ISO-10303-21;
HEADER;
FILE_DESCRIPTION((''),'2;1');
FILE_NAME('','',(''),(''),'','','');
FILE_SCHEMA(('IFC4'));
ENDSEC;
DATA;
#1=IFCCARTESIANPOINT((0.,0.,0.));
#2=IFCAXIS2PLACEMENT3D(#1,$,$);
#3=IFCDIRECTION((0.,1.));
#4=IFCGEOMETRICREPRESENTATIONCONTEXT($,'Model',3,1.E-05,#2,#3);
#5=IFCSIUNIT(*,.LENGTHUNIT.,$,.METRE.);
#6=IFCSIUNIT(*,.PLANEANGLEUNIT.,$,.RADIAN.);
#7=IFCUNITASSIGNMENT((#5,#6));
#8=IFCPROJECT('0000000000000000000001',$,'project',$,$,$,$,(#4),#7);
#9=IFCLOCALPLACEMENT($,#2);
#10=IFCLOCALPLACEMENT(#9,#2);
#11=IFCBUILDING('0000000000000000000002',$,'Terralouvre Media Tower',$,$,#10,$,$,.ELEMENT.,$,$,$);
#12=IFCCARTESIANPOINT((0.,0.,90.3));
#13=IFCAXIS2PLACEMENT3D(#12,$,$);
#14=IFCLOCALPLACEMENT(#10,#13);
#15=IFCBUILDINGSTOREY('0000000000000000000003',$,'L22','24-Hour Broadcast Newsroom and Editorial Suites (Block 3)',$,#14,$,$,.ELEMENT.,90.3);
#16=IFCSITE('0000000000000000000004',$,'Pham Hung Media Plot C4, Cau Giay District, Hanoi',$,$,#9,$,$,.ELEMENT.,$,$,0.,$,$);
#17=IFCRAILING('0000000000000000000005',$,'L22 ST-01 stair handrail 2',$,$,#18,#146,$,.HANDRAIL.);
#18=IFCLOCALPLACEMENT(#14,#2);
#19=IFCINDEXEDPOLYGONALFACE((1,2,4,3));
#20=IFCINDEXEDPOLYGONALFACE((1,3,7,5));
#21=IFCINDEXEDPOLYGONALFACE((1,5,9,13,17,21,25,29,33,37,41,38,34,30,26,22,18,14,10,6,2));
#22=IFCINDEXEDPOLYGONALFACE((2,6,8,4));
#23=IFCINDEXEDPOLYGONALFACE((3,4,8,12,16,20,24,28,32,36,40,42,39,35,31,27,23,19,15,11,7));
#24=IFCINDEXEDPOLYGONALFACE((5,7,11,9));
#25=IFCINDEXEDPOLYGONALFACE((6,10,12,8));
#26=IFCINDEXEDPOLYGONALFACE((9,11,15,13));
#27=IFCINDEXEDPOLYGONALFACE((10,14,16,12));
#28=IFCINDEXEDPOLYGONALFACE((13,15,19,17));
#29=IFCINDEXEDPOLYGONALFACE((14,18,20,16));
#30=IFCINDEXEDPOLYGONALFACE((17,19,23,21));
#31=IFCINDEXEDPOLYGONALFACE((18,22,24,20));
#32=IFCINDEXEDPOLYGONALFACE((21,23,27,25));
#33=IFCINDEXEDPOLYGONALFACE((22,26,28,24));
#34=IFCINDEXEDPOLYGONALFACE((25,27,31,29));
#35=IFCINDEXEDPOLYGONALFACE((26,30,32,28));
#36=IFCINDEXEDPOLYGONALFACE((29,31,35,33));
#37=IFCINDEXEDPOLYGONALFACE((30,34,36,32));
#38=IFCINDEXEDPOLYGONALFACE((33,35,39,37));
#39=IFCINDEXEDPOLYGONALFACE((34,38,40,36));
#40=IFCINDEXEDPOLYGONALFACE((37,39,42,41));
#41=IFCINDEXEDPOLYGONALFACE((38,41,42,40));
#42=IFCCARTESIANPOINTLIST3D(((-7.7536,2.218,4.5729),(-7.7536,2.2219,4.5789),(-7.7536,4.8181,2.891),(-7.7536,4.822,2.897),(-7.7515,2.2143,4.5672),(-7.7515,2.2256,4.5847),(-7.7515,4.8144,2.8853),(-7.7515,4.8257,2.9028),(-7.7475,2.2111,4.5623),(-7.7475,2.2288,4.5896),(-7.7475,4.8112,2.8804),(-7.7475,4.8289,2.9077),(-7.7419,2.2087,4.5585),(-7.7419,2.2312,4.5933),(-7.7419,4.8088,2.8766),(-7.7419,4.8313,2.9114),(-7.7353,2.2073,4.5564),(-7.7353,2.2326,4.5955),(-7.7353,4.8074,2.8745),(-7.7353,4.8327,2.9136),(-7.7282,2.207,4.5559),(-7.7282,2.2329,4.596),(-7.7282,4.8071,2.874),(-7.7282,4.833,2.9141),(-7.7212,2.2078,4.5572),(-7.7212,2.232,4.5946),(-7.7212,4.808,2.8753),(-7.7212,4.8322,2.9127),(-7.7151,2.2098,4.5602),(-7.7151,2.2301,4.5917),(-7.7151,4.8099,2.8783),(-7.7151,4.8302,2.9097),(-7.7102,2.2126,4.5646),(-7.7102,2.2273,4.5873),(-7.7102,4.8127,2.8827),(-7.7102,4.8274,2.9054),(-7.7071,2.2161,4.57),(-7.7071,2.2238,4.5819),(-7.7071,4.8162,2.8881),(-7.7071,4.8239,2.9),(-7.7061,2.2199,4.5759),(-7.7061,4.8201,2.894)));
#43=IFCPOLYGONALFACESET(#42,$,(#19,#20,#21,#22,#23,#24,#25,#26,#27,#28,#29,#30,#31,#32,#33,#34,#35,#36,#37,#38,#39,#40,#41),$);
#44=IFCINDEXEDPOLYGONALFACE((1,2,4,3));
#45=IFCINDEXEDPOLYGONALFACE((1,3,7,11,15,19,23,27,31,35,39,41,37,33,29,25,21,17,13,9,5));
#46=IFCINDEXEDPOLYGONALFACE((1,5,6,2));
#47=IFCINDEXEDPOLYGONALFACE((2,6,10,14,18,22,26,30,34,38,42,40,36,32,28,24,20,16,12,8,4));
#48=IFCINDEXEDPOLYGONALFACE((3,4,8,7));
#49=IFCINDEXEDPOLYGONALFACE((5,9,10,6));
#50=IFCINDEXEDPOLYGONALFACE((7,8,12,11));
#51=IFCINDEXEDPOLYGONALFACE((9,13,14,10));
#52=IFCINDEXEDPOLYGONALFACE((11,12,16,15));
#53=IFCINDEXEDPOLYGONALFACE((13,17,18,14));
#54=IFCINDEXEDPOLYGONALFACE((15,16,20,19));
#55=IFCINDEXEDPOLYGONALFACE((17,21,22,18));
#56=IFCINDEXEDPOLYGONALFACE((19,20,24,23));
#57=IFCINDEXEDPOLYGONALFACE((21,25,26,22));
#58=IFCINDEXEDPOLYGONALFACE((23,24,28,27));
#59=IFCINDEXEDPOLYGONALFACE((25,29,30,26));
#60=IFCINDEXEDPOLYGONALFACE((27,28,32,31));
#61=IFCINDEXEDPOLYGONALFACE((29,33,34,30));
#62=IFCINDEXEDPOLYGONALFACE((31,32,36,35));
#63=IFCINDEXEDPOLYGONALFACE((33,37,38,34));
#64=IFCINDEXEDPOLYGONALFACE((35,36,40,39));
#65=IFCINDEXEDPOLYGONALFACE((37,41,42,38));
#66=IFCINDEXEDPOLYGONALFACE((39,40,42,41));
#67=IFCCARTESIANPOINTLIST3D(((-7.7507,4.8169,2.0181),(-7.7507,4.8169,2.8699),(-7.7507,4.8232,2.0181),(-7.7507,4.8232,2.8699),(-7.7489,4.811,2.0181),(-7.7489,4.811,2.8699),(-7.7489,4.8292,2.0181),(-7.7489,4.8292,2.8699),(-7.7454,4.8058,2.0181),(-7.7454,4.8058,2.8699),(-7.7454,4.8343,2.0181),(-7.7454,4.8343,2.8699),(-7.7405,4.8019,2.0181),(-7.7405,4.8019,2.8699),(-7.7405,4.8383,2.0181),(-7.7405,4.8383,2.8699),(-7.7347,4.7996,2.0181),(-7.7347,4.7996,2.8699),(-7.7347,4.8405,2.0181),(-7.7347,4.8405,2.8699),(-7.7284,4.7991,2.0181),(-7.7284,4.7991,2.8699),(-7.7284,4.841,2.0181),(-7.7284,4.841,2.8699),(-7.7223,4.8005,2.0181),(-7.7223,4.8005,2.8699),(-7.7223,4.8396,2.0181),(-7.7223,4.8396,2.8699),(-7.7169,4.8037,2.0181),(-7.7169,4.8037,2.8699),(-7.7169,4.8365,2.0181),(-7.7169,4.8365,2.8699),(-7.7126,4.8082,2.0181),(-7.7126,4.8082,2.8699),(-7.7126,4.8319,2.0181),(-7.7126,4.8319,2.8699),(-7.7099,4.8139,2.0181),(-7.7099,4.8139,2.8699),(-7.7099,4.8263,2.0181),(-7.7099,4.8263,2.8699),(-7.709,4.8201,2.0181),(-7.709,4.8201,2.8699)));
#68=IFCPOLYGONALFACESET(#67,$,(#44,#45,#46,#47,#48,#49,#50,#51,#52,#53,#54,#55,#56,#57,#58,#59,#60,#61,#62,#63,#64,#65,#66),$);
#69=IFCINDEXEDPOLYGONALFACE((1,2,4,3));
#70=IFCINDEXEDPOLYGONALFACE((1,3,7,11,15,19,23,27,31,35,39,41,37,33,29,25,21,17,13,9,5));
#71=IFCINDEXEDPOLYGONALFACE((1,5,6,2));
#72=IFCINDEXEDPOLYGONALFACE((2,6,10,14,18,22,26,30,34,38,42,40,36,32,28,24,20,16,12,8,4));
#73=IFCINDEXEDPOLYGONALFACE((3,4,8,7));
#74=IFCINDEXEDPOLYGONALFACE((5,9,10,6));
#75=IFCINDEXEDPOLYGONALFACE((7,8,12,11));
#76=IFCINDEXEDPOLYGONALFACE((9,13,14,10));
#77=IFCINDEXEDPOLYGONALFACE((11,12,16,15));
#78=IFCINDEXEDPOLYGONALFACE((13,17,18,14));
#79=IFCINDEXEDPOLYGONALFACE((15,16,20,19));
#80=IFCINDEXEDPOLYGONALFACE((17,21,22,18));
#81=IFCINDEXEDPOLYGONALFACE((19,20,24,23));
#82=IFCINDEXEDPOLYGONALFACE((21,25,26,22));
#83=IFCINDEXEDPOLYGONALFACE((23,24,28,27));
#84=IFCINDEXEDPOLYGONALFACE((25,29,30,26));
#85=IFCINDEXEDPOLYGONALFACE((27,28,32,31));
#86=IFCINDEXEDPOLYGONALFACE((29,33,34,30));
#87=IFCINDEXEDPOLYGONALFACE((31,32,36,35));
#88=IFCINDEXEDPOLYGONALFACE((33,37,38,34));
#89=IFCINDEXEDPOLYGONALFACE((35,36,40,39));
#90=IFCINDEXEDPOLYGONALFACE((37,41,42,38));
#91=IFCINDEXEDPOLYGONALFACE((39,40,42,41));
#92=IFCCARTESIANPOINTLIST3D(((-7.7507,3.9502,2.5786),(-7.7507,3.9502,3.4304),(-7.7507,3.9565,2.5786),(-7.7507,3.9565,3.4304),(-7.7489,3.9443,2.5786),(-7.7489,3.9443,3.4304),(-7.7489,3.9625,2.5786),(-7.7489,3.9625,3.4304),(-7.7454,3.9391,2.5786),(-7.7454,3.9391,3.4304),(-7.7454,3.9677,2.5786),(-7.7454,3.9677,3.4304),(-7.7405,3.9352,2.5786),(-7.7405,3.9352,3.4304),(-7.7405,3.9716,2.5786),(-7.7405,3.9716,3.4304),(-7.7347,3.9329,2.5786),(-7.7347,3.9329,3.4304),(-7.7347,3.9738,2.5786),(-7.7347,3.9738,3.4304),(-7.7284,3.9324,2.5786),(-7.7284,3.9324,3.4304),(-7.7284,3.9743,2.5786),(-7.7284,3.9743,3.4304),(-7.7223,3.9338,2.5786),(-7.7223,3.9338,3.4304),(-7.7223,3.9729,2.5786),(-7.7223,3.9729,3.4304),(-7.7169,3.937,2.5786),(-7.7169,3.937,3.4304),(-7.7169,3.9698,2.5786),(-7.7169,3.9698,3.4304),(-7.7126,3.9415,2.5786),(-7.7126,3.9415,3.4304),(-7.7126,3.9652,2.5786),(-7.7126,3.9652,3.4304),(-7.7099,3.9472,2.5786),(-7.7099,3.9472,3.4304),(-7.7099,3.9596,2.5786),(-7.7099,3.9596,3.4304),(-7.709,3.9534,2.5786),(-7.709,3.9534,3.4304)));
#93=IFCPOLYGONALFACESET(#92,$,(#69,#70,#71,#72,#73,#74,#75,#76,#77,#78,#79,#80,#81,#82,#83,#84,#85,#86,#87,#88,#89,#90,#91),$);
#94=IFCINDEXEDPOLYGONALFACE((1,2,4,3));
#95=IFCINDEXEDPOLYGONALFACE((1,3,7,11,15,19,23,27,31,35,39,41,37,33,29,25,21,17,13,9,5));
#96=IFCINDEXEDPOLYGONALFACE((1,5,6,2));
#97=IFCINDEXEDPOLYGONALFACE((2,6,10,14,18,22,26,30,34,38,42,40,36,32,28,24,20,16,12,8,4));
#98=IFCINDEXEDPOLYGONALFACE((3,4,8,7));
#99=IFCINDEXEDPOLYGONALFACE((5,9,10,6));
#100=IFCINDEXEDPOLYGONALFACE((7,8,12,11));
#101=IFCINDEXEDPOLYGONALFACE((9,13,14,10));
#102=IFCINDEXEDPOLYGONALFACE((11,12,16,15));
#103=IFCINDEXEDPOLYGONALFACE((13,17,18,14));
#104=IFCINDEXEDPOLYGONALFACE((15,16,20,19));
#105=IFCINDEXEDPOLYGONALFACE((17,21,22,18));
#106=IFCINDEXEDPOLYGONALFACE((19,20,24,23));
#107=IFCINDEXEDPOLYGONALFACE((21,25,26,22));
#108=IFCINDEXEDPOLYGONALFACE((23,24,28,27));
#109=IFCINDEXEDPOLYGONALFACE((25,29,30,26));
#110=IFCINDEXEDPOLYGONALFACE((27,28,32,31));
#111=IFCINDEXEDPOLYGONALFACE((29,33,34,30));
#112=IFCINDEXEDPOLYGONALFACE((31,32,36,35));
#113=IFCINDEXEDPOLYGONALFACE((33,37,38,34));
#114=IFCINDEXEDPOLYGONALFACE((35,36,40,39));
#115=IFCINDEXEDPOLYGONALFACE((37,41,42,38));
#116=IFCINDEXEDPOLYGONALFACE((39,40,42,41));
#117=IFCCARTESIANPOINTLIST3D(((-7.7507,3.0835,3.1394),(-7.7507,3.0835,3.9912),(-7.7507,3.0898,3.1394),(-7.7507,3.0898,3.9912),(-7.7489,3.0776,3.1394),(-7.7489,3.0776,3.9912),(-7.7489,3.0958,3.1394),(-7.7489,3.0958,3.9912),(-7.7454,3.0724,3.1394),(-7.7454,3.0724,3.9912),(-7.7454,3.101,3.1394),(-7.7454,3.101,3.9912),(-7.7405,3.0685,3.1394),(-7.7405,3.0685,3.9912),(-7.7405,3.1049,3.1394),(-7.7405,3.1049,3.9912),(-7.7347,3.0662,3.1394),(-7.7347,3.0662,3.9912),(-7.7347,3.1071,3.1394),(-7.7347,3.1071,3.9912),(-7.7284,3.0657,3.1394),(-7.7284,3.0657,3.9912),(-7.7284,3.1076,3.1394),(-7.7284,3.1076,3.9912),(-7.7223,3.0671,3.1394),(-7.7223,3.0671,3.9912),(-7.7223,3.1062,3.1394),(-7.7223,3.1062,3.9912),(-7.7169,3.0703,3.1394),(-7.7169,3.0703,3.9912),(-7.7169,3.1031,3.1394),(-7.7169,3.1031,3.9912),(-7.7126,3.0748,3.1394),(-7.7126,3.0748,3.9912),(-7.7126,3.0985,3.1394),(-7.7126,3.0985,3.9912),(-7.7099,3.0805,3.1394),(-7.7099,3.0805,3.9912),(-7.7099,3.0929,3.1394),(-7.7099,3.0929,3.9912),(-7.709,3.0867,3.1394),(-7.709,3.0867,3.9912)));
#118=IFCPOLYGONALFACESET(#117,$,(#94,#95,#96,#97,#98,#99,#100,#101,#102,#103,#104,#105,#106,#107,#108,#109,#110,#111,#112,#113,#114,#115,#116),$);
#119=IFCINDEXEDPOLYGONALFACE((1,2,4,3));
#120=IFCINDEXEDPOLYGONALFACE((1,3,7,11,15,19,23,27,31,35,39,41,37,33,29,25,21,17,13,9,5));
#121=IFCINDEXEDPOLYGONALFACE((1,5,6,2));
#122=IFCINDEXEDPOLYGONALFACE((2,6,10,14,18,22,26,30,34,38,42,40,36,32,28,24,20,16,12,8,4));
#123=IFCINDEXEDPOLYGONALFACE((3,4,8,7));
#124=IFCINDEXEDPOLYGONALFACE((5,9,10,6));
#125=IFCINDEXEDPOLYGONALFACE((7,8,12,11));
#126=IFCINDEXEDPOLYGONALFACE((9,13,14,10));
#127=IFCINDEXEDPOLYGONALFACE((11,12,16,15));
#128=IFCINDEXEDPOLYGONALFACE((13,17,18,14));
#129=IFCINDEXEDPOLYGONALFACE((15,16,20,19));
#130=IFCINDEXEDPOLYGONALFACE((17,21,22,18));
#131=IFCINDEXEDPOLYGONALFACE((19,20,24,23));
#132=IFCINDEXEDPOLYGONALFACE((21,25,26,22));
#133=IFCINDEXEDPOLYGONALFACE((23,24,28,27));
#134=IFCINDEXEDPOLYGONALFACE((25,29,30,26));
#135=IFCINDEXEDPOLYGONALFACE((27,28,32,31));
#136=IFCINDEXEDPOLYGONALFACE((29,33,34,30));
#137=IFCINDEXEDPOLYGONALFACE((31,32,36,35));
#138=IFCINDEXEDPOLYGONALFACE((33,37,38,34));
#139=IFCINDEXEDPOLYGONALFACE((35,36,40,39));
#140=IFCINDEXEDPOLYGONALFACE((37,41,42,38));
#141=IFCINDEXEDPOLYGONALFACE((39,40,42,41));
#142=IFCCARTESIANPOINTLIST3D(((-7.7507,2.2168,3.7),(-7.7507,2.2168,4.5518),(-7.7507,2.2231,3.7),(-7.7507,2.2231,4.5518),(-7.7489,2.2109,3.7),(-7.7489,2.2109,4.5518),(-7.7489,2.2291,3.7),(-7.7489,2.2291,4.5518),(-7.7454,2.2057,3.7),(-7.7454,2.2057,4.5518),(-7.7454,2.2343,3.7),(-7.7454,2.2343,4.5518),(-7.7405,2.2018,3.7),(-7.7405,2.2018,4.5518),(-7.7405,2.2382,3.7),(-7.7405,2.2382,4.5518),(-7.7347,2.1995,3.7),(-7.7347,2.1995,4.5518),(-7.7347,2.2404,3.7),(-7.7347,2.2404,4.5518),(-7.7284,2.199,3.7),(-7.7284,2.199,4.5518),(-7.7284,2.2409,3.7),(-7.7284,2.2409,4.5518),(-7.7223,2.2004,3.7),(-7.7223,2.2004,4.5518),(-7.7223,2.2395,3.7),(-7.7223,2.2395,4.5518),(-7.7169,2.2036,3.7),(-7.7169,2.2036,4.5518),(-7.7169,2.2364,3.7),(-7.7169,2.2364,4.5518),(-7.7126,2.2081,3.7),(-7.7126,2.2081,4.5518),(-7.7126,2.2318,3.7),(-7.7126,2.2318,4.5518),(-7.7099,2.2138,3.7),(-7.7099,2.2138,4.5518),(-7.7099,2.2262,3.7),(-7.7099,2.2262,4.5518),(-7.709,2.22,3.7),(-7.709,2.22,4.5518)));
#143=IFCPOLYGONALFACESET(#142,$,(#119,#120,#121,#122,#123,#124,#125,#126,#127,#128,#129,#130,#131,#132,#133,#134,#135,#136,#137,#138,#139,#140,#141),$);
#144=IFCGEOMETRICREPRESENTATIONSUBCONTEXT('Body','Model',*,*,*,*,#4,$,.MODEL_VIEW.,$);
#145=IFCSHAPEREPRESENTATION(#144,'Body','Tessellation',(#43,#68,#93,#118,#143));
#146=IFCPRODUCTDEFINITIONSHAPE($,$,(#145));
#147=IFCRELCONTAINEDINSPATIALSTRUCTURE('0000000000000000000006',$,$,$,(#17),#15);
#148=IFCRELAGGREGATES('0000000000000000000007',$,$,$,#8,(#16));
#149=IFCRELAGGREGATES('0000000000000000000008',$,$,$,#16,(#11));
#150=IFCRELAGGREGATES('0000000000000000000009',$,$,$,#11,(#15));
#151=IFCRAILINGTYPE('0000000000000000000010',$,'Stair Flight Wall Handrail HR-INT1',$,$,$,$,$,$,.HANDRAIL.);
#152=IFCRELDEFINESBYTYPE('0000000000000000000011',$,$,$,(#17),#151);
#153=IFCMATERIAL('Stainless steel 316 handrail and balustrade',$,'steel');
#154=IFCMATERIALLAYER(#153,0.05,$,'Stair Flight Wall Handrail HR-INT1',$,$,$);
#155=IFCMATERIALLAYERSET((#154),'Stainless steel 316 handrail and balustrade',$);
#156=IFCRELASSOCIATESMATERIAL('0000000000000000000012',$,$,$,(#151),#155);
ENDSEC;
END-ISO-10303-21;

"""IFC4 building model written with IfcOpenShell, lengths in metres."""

from ifc_helpers import new_model, si_unit, direction, frame, origin, origin_2d, place, context, subcontext, project, spatial, circle, extrude, material, layer, layer_set, type_object, element, save


model = new_model("IFC4")

# Units and contexts
model_context = context("Model", 3, precision=1e-05, world=origin(), true_north=direction((0.0, 1.0)))
body_context = subcontext(model_context, "Body", "Model", "MODEL_VIEW")
ifc_project = project(units=[si_unit("LENGTHUNIT", "METRE"), si_unit("PLANEANGLEUNIT", "RADIAN")], contexts=[model_context])

# Site, building, storey
site_placement = place(None, origin())
site = spatial("IfcSite", under=ifc_project, at=site_placement, Name="Pham Hung Media Plot C4, Cau Giay District, Hanoi", CompositionType="ELEMENT", RefElevation=0.0)
building_placement = place(site_placement, origin())
building = spatial("IfcBuilding", under=site, at=building_placement, Name="Terralouvre Media Tower", CompositionType="ELEMENT")
storey_placement = place(building_placement, frame((0.0, 0.0, 90.3)))
storey = spatial("IfcBuildingStorey", under=building, at=storey_placement, Name="L22", Description="24-Hour Broadcast Newsroom and Editorial Suites (Block 3)", CompositionType="ELEMENT", Elevation=90.3)

# Railing
ifc_material_1 = material(Name="Stainless steel 316 handrail and balustrade", Category="steel")
ifc_layer_1 = layer(ifc_material_1, 0.05, Name="Stair Flight Wall Handrail HR-INT1")
ifc_layer_set_1 = layer_set([ifc_layer_1], Name="Stainless steel 316 handrail and balustrade")
railing_type_1 = type_object("IfcRailingType", Name="Stair Flight Wall Handrail HR-INT1", PredefinedType="HANDRAIL", material=ifc_layer_set_1)
railing_1_placement = place(storey_placement, frame((-7.73, 4.8201, 2.0181)))
element("IfcRailing", 1, at=railing_1_placement, inside=storey, type_object=railing_type_1, Name="L22 ST-01 stair handrail 2", PredefinedType="HANDRAIL", context=body_context, shape_type="SweptSolid", body=[
    extrude(circle(Radius=0.0239, at=origin_2d()), frame((0.0, 0.0, 0.876), z_axis=(0.0, -0.839648, 0.54313), x_axis=(1.0, 0.0, 0.0)), (0.0, 0.0, 1.0), 3.0967),
    extrude(circle(Radius=0.021, at=origin_2d()), origin(), (0.0, 0.0, 1.0), 0.8518),
    extrude(circle(Radius=0.021, at=origin_2d()), frame((0.0, -0.8667, 0.5605)), (0.0, 0.0, 1.0), 0.8518),
    extrude(circle(Radius=0.021, at=origin_2d()), frame((0.0, -1.7334, 1.1213)), (0.0, 0.0, 1.0), 0.8518),
    extrude(circle(Radius=0.021, at=origin_2d()), frame((0.0, -2.6001, 1.6819)), (0.0, 0.0, 1.0), 0.8518),
])

save(model, "model.ifc")
